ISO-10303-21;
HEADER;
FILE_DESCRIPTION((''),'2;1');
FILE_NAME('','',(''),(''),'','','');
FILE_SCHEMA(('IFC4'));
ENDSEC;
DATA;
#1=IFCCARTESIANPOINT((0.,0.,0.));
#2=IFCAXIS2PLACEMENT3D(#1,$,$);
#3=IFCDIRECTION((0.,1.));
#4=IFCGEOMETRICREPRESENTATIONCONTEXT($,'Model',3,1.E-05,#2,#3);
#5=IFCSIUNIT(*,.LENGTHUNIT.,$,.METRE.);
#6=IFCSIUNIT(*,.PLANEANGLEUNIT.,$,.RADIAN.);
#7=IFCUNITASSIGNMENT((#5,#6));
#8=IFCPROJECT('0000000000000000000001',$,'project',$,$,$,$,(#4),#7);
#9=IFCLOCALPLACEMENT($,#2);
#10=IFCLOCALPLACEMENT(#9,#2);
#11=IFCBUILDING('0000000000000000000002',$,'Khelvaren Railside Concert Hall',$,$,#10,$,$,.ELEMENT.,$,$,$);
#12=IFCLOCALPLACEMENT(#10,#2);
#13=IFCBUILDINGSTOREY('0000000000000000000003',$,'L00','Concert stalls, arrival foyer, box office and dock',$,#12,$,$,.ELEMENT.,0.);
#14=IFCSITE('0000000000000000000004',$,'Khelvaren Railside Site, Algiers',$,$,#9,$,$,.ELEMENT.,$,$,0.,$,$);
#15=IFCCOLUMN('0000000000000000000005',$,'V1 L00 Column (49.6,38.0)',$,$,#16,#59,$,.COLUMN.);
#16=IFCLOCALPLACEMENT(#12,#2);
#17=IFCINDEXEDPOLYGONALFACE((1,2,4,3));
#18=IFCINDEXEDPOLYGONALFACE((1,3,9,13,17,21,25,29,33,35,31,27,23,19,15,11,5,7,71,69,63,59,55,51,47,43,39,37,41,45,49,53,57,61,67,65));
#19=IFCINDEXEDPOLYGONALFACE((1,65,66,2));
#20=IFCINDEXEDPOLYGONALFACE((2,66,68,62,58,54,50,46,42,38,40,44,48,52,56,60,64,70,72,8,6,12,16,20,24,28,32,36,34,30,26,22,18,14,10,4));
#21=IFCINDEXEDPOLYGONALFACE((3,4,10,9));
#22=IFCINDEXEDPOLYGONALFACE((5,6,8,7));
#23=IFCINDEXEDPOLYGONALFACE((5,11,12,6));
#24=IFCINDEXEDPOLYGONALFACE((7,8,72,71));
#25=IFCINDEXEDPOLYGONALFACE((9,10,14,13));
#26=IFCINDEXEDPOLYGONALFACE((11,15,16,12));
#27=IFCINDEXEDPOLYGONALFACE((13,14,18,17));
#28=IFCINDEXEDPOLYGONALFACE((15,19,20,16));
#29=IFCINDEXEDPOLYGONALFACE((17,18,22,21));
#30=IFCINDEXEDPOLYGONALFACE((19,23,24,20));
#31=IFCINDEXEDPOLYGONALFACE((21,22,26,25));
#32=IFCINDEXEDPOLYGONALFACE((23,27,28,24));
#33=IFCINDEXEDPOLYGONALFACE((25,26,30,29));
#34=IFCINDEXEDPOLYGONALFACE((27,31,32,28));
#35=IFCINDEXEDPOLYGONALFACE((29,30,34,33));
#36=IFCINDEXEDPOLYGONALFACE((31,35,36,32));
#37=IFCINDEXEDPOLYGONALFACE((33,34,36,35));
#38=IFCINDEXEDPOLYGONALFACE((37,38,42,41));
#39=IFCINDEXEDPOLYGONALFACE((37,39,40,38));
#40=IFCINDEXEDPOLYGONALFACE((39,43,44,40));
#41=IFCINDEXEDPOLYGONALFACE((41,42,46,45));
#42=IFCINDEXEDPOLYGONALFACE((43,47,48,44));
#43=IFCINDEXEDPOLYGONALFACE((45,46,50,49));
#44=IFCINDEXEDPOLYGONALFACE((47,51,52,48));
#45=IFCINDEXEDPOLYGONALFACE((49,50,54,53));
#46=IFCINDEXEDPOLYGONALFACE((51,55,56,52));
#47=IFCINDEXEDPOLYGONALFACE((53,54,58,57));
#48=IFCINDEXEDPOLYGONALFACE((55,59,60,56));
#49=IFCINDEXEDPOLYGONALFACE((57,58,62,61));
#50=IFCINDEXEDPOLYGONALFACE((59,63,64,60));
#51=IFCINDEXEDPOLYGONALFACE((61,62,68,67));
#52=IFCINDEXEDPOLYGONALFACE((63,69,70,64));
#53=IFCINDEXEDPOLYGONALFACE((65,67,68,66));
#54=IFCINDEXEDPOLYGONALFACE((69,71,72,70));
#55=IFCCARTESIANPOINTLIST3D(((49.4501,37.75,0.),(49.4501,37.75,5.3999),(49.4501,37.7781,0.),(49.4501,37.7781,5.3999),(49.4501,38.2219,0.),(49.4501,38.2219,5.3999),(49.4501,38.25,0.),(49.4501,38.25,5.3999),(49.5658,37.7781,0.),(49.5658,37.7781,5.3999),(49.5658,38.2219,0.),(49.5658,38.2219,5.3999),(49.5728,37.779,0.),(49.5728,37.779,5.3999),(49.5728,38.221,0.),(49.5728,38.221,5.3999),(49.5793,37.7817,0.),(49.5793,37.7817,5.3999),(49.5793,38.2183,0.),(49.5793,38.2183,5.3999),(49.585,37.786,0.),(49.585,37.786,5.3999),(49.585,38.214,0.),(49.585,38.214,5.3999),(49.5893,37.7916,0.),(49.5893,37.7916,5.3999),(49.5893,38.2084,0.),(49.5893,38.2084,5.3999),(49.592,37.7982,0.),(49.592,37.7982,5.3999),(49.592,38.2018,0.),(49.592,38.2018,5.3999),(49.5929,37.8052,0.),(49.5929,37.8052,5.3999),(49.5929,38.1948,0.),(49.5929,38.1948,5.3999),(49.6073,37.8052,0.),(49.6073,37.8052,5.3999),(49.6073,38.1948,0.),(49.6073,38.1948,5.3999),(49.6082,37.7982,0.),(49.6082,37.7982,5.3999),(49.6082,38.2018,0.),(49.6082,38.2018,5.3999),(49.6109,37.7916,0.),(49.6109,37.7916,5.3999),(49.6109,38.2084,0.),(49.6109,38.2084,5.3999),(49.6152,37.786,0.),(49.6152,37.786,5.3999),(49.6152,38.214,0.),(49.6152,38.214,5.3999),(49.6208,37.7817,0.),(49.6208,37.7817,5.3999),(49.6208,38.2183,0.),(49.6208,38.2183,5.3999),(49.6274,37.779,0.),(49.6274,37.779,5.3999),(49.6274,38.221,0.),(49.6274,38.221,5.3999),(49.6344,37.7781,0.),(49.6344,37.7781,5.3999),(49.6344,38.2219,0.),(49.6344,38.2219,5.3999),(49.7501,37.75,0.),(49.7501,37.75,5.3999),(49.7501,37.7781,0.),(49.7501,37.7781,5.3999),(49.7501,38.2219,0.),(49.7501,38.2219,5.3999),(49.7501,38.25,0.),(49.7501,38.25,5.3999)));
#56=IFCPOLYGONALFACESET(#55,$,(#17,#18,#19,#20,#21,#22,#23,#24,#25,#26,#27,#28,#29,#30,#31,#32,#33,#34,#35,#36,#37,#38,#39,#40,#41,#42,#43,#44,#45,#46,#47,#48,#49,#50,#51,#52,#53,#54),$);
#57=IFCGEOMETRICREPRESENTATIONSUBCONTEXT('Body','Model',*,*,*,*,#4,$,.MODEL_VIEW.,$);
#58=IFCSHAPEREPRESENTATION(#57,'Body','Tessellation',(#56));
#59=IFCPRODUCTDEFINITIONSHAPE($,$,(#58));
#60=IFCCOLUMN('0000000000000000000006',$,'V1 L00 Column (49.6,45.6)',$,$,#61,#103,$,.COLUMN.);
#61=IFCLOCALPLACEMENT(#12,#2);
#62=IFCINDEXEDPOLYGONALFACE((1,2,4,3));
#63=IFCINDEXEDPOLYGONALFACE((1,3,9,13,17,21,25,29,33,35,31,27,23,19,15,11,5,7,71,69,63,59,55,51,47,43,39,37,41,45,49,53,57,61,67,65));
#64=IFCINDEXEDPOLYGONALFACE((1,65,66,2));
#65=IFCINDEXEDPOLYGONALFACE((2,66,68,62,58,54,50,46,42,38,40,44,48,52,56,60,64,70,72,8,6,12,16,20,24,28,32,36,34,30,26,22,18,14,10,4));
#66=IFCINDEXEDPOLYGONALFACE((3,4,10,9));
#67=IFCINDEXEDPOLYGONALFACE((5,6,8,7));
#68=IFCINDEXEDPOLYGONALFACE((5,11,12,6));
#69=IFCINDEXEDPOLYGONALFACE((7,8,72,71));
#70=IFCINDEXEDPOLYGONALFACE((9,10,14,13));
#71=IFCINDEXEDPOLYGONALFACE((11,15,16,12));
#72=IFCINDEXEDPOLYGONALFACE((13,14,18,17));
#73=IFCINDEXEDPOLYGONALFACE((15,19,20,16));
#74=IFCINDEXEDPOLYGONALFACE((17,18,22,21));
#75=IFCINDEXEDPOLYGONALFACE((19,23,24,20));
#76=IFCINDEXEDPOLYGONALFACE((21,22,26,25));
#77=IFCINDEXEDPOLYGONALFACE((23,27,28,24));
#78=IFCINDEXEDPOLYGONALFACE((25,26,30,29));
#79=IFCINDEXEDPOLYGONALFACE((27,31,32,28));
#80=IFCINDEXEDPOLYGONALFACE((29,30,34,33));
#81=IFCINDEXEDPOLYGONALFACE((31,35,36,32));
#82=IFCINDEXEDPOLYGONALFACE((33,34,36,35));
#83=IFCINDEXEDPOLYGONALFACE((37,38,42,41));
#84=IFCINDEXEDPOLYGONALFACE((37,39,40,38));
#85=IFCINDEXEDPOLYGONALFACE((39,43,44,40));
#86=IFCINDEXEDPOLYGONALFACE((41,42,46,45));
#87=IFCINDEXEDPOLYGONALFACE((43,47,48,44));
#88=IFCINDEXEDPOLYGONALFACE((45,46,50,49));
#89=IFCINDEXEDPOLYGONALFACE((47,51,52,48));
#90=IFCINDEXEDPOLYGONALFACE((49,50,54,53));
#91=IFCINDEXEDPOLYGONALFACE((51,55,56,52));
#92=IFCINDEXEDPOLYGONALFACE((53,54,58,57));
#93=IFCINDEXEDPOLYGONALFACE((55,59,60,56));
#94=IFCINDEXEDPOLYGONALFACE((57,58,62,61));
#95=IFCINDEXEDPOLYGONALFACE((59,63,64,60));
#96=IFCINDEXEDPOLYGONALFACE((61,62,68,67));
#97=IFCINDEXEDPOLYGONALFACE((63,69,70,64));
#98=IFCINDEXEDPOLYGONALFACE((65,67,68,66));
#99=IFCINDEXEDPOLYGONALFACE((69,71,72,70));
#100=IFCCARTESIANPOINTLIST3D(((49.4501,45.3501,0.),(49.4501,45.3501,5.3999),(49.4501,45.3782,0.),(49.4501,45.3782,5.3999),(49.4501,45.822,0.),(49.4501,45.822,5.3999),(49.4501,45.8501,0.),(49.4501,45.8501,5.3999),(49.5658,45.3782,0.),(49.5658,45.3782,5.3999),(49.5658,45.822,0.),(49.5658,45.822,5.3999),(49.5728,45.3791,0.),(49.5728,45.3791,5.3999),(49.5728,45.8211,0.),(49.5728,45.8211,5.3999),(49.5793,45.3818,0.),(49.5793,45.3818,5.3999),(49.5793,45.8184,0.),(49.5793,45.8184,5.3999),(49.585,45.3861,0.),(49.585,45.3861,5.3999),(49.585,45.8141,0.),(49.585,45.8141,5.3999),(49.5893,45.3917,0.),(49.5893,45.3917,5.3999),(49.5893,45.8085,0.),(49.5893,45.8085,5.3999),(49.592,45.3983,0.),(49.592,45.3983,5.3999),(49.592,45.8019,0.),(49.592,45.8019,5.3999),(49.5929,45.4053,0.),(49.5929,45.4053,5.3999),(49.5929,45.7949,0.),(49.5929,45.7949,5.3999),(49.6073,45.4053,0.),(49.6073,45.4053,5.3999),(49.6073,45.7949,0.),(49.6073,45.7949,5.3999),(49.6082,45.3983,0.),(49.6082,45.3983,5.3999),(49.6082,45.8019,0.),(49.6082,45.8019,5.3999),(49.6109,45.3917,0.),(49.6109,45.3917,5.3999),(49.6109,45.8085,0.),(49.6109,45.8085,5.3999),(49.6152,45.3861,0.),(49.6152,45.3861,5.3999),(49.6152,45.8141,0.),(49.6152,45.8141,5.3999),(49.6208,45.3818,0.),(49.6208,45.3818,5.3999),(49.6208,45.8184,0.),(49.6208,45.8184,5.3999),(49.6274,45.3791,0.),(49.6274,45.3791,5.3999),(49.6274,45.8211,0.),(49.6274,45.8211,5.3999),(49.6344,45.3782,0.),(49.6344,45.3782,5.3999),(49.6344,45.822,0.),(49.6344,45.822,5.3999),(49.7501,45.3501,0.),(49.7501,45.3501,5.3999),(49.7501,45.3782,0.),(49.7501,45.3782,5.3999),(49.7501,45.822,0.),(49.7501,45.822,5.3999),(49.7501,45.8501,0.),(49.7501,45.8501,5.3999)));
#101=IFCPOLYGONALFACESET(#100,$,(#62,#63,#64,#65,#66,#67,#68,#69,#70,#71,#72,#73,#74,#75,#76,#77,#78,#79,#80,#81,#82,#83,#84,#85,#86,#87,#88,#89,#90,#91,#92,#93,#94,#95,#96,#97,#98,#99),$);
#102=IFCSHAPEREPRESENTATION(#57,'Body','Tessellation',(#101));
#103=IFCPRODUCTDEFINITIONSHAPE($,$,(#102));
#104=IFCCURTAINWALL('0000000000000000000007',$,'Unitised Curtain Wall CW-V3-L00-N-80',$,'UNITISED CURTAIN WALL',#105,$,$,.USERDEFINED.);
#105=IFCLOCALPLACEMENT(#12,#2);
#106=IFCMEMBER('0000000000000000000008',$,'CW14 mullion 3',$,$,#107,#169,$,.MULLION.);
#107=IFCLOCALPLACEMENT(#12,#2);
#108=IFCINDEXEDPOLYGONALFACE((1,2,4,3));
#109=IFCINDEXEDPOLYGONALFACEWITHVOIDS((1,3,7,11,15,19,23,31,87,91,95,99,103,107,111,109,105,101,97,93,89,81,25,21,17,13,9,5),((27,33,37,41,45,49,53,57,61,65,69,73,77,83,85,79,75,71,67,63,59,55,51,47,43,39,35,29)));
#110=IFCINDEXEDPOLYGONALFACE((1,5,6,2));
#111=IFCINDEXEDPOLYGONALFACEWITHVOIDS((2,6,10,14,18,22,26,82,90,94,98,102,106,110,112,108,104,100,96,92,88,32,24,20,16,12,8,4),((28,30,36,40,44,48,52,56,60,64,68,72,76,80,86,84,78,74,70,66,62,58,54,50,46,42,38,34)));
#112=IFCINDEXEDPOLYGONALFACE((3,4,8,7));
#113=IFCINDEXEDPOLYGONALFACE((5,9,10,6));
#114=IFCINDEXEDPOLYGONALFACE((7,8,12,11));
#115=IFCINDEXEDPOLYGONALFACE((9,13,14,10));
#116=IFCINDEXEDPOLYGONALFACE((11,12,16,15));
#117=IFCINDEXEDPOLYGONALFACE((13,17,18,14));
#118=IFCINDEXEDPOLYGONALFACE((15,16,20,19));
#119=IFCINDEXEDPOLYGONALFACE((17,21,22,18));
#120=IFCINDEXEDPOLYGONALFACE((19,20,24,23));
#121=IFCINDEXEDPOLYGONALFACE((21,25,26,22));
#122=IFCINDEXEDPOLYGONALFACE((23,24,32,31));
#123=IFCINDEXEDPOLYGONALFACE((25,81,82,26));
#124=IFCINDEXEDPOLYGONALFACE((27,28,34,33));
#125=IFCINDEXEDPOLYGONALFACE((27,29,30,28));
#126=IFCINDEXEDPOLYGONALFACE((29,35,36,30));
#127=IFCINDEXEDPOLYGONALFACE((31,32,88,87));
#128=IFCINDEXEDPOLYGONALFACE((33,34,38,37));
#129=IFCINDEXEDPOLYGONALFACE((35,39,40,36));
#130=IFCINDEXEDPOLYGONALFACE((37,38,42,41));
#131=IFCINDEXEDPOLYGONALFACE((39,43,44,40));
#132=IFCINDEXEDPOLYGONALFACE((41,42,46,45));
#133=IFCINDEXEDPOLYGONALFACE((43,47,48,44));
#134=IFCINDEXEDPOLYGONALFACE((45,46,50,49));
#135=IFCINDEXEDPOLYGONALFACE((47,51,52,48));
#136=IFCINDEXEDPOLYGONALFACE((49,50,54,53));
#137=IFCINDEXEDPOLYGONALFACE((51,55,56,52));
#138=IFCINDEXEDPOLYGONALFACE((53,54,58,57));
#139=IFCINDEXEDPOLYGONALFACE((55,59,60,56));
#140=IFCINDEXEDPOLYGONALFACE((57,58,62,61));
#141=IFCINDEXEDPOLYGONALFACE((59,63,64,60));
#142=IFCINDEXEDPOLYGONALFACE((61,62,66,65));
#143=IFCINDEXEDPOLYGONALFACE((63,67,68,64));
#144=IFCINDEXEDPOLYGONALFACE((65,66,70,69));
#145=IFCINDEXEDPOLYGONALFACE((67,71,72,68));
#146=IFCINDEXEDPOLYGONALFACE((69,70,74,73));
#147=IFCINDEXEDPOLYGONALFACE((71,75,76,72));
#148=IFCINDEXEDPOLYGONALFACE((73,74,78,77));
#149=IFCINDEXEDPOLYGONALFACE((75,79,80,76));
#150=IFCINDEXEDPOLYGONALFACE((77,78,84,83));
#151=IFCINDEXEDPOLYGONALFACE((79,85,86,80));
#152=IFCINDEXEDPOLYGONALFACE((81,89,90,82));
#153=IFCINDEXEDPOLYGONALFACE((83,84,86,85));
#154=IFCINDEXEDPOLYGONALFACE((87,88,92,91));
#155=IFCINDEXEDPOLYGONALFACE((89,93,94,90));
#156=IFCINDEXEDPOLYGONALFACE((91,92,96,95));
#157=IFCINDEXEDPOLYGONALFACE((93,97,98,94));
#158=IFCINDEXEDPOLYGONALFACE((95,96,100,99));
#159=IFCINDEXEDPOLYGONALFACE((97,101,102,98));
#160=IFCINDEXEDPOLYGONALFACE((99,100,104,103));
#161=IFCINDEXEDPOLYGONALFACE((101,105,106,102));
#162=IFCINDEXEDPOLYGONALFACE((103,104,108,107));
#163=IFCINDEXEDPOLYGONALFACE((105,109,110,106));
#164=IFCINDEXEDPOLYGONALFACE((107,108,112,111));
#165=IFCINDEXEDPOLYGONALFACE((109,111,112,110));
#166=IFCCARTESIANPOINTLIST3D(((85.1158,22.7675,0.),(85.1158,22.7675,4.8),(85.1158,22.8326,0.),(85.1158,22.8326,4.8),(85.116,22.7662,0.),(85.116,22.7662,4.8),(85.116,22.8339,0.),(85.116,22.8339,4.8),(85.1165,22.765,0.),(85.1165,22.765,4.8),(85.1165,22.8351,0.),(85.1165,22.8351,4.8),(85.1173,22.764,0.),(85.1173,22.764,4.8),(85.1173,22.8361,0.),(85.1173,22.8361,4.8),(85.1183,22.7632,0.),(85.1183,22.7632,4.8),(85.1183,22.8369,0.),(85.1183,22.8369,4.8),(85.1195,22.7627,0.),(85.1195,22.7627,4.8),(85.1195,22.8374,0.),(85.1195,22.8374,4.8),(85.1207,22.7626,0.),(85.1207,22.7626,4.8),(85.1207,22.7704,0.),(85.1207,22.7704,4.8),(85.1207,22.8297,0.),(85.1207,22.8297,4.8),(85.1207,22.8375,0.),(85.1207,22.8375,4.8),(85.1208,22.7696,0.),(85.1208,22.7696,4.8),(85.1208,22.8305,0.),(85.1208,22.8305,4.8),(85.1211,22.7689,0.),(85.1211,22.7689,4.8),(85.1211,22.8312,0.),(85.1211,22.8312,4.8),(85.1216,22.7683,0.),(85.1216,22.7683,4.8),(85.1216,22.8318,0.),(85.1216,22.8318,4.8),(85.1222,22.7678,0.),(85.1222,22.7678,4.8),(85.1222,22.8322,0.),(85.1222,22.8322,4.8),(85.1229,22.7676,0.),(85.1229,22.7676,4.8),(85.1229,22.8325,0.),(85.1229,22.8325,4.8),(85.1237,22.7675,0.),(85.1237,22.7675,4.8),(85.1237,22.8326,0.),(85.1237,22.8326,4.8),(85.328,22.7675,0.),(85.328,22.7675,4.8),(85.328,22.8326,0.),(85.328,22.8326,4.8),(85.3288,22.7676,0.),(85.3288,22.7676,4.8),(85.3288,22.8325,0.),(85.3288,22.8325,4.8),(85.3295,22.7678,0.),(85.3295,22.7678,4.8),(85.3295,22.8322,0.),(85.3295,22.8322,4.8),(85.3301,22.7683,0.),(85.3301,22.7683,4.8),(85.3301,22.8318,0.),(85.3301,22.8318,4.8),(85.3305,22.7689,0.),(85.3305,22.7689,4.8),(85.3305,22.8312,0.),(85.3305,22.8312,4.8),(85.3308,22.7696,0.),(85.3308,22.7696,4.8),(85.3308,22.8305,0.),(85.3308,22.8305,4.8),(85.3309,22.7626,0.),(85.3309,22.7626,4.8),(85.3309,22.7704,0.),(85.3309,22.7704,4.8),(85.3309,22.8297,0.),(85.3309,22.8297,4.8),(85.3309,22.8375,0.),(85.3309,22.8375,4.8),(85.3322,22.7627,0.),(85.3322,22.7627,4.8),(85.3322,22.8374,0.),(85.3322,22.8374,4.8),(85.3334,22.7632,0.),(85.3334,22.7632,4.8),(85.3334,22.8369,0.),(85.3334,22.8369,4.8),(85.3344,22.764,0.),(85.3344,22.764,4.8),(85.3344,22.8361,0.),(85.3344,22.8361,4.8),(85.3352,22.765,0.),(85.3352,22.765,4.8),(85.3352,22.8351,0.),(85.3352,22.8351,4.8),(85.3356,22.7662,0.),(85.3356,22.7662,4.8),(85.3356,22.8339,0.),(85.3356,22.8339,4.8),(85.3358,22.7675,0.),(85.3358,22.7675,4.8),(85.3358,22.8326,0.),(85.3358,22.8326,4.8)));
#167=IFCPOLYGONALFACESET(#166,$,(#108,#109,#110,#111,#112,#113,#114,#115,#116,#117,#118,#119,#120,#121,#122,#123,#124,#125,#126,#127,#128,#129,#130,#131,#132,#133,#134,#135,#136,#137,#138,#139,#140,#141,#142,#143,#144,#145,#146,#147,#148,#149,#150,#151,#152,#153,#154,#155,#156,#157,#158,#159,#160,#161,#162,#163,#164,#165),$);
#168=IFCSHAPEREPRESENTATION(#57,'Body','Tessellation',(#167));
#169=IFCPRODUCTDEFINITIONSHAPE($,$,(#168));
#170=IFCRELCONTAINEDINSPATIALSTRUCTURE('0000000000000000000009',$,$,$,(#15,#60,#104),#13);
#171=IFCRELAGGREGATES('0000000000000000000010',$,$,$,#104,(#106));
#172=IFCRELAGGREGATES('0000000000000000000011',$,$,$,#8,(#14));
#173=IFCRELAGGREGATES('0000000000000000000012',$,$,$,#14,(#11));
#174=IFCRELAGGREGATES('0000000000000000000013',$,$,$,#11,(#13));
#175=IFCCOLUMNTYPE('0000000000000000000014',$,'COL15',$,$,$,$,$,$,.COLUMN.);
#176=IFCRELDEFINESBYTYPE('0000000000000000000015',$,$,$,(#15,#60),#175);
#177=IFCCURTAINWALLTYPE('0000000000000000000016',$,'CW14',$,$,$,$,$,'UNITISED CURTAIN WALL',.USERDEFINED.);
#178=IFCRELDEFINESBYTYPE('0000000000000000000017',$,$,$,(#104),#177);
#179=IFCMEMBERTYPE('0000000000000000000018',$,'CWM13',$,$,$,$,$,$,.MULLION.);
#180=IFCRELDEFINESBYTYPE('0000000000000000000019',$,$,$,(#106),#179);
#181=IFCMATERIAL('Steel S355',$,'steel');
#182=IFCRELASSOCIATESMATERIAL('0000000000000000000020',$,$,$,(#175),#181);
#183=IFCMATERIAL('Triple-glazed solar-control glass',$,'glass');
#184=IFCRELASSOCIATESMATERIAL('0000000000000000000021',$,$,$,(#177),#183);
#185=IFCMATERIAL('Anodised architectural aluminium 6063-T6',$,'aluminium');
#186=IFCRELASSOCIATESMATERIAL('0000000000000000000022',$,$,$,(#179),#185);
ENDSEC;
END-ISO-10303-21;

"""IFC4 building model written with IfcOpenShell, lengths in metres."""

from ifc_helpers import new_model, si_unit, direction, frame, origin, origin_2d, place, context, subcontext, project, spatial, hollow_rectangle, i_section, extrude, material, material_profile, profile_set, type_object, element, aggregate, save


model = new_model("IFC4")

# Units and contexts
model_context = context("Model", 3, precision=1e-05, world=origin(), true_north=direction((0.0, 1.0)))
body_context = subcontext(model_context, "Body", "Model", "MODEL_VIEW")
ifc_project = project(units=[si_unit("LENGTHUNIT", "METRE"), si_unit("PLANEANGLEUNIT", "RADIAN")], contexts=[model_context])

# Site, building, storey
site_placement = place(None, origin())
site = spatial("IfcSite", under=ifc_project, at=site_placement, Name="Khelvaren Railside Site, Algiers", CompositionType="ELEMENT", RefElevation=0.0)
building_placement = place(site_placement, origin())
building = spatial("IfcBuilding", under=site, at=building_placement, Name="Khelvaren Railside Concert Hall", CompositionType="ELEMENT")
storey_placement = place(building_placement, origin())
storey = spatial("IfcBuildingStorey", under=building, at=storey_placement, Name="L00", Description="Concert stalls, arrival foyer, box office and dock", CompositionType="ELEMENT", Elevation=0.0)

# Columns
ifc_material_1 = material(Name="Steel S355", Category="steel")
ifc_material_profile_1 = material_profile(ifc_material_1, i_section(OverallWidth=0.3, OverallDepth=0.5, WebThickness=0.0144, FlangeThickness=0.0281, FilletRadius=0.0271, at=origin_2d()), Name="HEB 500")
ifc_profile_set_1 = profile_set([ifc_material_profile_1], Name="Steel S355")
column_type = type_object("IfcColumnType", Name="COL15", PredefinedType="COLUMN", material=ifc_profile_set_1)
for number, where, z_axis, x_axis, name in (
    (1, (49.6001, 38.0, 0.0), (0.0, 0.0, 1.0), (1.0, 0.0, 0.0), "V1 L00 Column (49.6,38.0)"),
    (2, (49.6001, 45.6001, 0.0), (0.0, 0.0, 1.0), (1.0, 0.0, 0.0), "V1 L00 Column (49.6,45.6)"),
):
    element("IfcColumn", number, at=place(storey_placement, frame(where, z_axis=z_axis, x_axis=x_axis)), inside=storey, type_object=column_type, Name=name, PredefinedType="COLUMN", context=body_context, shape_type="SweptSolid", body=[
        extrude(i_section(OverallWidth=0.3, OverallDepth=0.5, WebThickness=0.0144, FlangeThickness=0.0281, FilletRadius=0.0271, at=origin_2d()), origin(), (0.0, 0.0, 1.0), 5.3999),
    ])

# Curtain wall, member
ifc_material_2 = material(Name="Triple-glazed solar-control glass", Category="glass")
curtain_wall_type = type_object("IfcCurtainWallType", Name="CW14", ElementType="UNITISED CURTAIN WALL", PredefinedType="USERDEFINED", material=ifc_material_2)
curtain_wall_placement = place(storey_placement, origin())
curtain_wall = element("IfcCurtainWall", 3, at=curtain_wall_placement, inside=storey, type_object=curtain_wall_type, Name="Unitised Curtain Wall CW-V3-L00-N-80", ObjectType="UNITISED CURTAIN WALL", PredefinedType="USERDEFINED")
ifc_material_3 = material(Name="Anodised architectural aluminium 6063-T6", Category="aluminium")
ifc_material_profile_2 = material_profile(ifc_material_3, hollow_rectangle(XDim=0.075, YDim=0.22, WallThickness=0.0049, InnerFilletRadius=0.0029, OuterFilletRadius=0.0049, at=origin_2d()), Name="CWM 75x220x5")
ifc_profile_set_2 = profile_set([ifc_material_profile_2], Name="Anodised architectural aluminium 6063-T6")
member_type_1 = type_object("IfcMemberType", Name="CWM13", PredefinedType="MULLION", material=ifc_profile_set_2)
member_1_placement = place(storey_placement, frame((85.2258, 22.8, 0.0), z_axis=(0.0, 0.0, 1.0), x_axis=(0.0, 1.0, 0.0)))
member_1 = element("IfcMember", 4, at=member_1_placement, type_object=member_type_1, Name="CW14 mullion 3", PredefinedType="MULLION", context=body_context, shape_type="SweptSolid", body=[
    extrude(hollow_rectangle(XDim=0.075, YDim=0.22, WallThickness=0.0049, InnerFilletRadius=0.0029, OuterFilletRadius=0.0049, at=origin_2d()), origin(), (0.0, 0.0, 1.0), 4.8),
])

aggregate(curtain_wall, [member_1])

save(model, "model.ifc")
